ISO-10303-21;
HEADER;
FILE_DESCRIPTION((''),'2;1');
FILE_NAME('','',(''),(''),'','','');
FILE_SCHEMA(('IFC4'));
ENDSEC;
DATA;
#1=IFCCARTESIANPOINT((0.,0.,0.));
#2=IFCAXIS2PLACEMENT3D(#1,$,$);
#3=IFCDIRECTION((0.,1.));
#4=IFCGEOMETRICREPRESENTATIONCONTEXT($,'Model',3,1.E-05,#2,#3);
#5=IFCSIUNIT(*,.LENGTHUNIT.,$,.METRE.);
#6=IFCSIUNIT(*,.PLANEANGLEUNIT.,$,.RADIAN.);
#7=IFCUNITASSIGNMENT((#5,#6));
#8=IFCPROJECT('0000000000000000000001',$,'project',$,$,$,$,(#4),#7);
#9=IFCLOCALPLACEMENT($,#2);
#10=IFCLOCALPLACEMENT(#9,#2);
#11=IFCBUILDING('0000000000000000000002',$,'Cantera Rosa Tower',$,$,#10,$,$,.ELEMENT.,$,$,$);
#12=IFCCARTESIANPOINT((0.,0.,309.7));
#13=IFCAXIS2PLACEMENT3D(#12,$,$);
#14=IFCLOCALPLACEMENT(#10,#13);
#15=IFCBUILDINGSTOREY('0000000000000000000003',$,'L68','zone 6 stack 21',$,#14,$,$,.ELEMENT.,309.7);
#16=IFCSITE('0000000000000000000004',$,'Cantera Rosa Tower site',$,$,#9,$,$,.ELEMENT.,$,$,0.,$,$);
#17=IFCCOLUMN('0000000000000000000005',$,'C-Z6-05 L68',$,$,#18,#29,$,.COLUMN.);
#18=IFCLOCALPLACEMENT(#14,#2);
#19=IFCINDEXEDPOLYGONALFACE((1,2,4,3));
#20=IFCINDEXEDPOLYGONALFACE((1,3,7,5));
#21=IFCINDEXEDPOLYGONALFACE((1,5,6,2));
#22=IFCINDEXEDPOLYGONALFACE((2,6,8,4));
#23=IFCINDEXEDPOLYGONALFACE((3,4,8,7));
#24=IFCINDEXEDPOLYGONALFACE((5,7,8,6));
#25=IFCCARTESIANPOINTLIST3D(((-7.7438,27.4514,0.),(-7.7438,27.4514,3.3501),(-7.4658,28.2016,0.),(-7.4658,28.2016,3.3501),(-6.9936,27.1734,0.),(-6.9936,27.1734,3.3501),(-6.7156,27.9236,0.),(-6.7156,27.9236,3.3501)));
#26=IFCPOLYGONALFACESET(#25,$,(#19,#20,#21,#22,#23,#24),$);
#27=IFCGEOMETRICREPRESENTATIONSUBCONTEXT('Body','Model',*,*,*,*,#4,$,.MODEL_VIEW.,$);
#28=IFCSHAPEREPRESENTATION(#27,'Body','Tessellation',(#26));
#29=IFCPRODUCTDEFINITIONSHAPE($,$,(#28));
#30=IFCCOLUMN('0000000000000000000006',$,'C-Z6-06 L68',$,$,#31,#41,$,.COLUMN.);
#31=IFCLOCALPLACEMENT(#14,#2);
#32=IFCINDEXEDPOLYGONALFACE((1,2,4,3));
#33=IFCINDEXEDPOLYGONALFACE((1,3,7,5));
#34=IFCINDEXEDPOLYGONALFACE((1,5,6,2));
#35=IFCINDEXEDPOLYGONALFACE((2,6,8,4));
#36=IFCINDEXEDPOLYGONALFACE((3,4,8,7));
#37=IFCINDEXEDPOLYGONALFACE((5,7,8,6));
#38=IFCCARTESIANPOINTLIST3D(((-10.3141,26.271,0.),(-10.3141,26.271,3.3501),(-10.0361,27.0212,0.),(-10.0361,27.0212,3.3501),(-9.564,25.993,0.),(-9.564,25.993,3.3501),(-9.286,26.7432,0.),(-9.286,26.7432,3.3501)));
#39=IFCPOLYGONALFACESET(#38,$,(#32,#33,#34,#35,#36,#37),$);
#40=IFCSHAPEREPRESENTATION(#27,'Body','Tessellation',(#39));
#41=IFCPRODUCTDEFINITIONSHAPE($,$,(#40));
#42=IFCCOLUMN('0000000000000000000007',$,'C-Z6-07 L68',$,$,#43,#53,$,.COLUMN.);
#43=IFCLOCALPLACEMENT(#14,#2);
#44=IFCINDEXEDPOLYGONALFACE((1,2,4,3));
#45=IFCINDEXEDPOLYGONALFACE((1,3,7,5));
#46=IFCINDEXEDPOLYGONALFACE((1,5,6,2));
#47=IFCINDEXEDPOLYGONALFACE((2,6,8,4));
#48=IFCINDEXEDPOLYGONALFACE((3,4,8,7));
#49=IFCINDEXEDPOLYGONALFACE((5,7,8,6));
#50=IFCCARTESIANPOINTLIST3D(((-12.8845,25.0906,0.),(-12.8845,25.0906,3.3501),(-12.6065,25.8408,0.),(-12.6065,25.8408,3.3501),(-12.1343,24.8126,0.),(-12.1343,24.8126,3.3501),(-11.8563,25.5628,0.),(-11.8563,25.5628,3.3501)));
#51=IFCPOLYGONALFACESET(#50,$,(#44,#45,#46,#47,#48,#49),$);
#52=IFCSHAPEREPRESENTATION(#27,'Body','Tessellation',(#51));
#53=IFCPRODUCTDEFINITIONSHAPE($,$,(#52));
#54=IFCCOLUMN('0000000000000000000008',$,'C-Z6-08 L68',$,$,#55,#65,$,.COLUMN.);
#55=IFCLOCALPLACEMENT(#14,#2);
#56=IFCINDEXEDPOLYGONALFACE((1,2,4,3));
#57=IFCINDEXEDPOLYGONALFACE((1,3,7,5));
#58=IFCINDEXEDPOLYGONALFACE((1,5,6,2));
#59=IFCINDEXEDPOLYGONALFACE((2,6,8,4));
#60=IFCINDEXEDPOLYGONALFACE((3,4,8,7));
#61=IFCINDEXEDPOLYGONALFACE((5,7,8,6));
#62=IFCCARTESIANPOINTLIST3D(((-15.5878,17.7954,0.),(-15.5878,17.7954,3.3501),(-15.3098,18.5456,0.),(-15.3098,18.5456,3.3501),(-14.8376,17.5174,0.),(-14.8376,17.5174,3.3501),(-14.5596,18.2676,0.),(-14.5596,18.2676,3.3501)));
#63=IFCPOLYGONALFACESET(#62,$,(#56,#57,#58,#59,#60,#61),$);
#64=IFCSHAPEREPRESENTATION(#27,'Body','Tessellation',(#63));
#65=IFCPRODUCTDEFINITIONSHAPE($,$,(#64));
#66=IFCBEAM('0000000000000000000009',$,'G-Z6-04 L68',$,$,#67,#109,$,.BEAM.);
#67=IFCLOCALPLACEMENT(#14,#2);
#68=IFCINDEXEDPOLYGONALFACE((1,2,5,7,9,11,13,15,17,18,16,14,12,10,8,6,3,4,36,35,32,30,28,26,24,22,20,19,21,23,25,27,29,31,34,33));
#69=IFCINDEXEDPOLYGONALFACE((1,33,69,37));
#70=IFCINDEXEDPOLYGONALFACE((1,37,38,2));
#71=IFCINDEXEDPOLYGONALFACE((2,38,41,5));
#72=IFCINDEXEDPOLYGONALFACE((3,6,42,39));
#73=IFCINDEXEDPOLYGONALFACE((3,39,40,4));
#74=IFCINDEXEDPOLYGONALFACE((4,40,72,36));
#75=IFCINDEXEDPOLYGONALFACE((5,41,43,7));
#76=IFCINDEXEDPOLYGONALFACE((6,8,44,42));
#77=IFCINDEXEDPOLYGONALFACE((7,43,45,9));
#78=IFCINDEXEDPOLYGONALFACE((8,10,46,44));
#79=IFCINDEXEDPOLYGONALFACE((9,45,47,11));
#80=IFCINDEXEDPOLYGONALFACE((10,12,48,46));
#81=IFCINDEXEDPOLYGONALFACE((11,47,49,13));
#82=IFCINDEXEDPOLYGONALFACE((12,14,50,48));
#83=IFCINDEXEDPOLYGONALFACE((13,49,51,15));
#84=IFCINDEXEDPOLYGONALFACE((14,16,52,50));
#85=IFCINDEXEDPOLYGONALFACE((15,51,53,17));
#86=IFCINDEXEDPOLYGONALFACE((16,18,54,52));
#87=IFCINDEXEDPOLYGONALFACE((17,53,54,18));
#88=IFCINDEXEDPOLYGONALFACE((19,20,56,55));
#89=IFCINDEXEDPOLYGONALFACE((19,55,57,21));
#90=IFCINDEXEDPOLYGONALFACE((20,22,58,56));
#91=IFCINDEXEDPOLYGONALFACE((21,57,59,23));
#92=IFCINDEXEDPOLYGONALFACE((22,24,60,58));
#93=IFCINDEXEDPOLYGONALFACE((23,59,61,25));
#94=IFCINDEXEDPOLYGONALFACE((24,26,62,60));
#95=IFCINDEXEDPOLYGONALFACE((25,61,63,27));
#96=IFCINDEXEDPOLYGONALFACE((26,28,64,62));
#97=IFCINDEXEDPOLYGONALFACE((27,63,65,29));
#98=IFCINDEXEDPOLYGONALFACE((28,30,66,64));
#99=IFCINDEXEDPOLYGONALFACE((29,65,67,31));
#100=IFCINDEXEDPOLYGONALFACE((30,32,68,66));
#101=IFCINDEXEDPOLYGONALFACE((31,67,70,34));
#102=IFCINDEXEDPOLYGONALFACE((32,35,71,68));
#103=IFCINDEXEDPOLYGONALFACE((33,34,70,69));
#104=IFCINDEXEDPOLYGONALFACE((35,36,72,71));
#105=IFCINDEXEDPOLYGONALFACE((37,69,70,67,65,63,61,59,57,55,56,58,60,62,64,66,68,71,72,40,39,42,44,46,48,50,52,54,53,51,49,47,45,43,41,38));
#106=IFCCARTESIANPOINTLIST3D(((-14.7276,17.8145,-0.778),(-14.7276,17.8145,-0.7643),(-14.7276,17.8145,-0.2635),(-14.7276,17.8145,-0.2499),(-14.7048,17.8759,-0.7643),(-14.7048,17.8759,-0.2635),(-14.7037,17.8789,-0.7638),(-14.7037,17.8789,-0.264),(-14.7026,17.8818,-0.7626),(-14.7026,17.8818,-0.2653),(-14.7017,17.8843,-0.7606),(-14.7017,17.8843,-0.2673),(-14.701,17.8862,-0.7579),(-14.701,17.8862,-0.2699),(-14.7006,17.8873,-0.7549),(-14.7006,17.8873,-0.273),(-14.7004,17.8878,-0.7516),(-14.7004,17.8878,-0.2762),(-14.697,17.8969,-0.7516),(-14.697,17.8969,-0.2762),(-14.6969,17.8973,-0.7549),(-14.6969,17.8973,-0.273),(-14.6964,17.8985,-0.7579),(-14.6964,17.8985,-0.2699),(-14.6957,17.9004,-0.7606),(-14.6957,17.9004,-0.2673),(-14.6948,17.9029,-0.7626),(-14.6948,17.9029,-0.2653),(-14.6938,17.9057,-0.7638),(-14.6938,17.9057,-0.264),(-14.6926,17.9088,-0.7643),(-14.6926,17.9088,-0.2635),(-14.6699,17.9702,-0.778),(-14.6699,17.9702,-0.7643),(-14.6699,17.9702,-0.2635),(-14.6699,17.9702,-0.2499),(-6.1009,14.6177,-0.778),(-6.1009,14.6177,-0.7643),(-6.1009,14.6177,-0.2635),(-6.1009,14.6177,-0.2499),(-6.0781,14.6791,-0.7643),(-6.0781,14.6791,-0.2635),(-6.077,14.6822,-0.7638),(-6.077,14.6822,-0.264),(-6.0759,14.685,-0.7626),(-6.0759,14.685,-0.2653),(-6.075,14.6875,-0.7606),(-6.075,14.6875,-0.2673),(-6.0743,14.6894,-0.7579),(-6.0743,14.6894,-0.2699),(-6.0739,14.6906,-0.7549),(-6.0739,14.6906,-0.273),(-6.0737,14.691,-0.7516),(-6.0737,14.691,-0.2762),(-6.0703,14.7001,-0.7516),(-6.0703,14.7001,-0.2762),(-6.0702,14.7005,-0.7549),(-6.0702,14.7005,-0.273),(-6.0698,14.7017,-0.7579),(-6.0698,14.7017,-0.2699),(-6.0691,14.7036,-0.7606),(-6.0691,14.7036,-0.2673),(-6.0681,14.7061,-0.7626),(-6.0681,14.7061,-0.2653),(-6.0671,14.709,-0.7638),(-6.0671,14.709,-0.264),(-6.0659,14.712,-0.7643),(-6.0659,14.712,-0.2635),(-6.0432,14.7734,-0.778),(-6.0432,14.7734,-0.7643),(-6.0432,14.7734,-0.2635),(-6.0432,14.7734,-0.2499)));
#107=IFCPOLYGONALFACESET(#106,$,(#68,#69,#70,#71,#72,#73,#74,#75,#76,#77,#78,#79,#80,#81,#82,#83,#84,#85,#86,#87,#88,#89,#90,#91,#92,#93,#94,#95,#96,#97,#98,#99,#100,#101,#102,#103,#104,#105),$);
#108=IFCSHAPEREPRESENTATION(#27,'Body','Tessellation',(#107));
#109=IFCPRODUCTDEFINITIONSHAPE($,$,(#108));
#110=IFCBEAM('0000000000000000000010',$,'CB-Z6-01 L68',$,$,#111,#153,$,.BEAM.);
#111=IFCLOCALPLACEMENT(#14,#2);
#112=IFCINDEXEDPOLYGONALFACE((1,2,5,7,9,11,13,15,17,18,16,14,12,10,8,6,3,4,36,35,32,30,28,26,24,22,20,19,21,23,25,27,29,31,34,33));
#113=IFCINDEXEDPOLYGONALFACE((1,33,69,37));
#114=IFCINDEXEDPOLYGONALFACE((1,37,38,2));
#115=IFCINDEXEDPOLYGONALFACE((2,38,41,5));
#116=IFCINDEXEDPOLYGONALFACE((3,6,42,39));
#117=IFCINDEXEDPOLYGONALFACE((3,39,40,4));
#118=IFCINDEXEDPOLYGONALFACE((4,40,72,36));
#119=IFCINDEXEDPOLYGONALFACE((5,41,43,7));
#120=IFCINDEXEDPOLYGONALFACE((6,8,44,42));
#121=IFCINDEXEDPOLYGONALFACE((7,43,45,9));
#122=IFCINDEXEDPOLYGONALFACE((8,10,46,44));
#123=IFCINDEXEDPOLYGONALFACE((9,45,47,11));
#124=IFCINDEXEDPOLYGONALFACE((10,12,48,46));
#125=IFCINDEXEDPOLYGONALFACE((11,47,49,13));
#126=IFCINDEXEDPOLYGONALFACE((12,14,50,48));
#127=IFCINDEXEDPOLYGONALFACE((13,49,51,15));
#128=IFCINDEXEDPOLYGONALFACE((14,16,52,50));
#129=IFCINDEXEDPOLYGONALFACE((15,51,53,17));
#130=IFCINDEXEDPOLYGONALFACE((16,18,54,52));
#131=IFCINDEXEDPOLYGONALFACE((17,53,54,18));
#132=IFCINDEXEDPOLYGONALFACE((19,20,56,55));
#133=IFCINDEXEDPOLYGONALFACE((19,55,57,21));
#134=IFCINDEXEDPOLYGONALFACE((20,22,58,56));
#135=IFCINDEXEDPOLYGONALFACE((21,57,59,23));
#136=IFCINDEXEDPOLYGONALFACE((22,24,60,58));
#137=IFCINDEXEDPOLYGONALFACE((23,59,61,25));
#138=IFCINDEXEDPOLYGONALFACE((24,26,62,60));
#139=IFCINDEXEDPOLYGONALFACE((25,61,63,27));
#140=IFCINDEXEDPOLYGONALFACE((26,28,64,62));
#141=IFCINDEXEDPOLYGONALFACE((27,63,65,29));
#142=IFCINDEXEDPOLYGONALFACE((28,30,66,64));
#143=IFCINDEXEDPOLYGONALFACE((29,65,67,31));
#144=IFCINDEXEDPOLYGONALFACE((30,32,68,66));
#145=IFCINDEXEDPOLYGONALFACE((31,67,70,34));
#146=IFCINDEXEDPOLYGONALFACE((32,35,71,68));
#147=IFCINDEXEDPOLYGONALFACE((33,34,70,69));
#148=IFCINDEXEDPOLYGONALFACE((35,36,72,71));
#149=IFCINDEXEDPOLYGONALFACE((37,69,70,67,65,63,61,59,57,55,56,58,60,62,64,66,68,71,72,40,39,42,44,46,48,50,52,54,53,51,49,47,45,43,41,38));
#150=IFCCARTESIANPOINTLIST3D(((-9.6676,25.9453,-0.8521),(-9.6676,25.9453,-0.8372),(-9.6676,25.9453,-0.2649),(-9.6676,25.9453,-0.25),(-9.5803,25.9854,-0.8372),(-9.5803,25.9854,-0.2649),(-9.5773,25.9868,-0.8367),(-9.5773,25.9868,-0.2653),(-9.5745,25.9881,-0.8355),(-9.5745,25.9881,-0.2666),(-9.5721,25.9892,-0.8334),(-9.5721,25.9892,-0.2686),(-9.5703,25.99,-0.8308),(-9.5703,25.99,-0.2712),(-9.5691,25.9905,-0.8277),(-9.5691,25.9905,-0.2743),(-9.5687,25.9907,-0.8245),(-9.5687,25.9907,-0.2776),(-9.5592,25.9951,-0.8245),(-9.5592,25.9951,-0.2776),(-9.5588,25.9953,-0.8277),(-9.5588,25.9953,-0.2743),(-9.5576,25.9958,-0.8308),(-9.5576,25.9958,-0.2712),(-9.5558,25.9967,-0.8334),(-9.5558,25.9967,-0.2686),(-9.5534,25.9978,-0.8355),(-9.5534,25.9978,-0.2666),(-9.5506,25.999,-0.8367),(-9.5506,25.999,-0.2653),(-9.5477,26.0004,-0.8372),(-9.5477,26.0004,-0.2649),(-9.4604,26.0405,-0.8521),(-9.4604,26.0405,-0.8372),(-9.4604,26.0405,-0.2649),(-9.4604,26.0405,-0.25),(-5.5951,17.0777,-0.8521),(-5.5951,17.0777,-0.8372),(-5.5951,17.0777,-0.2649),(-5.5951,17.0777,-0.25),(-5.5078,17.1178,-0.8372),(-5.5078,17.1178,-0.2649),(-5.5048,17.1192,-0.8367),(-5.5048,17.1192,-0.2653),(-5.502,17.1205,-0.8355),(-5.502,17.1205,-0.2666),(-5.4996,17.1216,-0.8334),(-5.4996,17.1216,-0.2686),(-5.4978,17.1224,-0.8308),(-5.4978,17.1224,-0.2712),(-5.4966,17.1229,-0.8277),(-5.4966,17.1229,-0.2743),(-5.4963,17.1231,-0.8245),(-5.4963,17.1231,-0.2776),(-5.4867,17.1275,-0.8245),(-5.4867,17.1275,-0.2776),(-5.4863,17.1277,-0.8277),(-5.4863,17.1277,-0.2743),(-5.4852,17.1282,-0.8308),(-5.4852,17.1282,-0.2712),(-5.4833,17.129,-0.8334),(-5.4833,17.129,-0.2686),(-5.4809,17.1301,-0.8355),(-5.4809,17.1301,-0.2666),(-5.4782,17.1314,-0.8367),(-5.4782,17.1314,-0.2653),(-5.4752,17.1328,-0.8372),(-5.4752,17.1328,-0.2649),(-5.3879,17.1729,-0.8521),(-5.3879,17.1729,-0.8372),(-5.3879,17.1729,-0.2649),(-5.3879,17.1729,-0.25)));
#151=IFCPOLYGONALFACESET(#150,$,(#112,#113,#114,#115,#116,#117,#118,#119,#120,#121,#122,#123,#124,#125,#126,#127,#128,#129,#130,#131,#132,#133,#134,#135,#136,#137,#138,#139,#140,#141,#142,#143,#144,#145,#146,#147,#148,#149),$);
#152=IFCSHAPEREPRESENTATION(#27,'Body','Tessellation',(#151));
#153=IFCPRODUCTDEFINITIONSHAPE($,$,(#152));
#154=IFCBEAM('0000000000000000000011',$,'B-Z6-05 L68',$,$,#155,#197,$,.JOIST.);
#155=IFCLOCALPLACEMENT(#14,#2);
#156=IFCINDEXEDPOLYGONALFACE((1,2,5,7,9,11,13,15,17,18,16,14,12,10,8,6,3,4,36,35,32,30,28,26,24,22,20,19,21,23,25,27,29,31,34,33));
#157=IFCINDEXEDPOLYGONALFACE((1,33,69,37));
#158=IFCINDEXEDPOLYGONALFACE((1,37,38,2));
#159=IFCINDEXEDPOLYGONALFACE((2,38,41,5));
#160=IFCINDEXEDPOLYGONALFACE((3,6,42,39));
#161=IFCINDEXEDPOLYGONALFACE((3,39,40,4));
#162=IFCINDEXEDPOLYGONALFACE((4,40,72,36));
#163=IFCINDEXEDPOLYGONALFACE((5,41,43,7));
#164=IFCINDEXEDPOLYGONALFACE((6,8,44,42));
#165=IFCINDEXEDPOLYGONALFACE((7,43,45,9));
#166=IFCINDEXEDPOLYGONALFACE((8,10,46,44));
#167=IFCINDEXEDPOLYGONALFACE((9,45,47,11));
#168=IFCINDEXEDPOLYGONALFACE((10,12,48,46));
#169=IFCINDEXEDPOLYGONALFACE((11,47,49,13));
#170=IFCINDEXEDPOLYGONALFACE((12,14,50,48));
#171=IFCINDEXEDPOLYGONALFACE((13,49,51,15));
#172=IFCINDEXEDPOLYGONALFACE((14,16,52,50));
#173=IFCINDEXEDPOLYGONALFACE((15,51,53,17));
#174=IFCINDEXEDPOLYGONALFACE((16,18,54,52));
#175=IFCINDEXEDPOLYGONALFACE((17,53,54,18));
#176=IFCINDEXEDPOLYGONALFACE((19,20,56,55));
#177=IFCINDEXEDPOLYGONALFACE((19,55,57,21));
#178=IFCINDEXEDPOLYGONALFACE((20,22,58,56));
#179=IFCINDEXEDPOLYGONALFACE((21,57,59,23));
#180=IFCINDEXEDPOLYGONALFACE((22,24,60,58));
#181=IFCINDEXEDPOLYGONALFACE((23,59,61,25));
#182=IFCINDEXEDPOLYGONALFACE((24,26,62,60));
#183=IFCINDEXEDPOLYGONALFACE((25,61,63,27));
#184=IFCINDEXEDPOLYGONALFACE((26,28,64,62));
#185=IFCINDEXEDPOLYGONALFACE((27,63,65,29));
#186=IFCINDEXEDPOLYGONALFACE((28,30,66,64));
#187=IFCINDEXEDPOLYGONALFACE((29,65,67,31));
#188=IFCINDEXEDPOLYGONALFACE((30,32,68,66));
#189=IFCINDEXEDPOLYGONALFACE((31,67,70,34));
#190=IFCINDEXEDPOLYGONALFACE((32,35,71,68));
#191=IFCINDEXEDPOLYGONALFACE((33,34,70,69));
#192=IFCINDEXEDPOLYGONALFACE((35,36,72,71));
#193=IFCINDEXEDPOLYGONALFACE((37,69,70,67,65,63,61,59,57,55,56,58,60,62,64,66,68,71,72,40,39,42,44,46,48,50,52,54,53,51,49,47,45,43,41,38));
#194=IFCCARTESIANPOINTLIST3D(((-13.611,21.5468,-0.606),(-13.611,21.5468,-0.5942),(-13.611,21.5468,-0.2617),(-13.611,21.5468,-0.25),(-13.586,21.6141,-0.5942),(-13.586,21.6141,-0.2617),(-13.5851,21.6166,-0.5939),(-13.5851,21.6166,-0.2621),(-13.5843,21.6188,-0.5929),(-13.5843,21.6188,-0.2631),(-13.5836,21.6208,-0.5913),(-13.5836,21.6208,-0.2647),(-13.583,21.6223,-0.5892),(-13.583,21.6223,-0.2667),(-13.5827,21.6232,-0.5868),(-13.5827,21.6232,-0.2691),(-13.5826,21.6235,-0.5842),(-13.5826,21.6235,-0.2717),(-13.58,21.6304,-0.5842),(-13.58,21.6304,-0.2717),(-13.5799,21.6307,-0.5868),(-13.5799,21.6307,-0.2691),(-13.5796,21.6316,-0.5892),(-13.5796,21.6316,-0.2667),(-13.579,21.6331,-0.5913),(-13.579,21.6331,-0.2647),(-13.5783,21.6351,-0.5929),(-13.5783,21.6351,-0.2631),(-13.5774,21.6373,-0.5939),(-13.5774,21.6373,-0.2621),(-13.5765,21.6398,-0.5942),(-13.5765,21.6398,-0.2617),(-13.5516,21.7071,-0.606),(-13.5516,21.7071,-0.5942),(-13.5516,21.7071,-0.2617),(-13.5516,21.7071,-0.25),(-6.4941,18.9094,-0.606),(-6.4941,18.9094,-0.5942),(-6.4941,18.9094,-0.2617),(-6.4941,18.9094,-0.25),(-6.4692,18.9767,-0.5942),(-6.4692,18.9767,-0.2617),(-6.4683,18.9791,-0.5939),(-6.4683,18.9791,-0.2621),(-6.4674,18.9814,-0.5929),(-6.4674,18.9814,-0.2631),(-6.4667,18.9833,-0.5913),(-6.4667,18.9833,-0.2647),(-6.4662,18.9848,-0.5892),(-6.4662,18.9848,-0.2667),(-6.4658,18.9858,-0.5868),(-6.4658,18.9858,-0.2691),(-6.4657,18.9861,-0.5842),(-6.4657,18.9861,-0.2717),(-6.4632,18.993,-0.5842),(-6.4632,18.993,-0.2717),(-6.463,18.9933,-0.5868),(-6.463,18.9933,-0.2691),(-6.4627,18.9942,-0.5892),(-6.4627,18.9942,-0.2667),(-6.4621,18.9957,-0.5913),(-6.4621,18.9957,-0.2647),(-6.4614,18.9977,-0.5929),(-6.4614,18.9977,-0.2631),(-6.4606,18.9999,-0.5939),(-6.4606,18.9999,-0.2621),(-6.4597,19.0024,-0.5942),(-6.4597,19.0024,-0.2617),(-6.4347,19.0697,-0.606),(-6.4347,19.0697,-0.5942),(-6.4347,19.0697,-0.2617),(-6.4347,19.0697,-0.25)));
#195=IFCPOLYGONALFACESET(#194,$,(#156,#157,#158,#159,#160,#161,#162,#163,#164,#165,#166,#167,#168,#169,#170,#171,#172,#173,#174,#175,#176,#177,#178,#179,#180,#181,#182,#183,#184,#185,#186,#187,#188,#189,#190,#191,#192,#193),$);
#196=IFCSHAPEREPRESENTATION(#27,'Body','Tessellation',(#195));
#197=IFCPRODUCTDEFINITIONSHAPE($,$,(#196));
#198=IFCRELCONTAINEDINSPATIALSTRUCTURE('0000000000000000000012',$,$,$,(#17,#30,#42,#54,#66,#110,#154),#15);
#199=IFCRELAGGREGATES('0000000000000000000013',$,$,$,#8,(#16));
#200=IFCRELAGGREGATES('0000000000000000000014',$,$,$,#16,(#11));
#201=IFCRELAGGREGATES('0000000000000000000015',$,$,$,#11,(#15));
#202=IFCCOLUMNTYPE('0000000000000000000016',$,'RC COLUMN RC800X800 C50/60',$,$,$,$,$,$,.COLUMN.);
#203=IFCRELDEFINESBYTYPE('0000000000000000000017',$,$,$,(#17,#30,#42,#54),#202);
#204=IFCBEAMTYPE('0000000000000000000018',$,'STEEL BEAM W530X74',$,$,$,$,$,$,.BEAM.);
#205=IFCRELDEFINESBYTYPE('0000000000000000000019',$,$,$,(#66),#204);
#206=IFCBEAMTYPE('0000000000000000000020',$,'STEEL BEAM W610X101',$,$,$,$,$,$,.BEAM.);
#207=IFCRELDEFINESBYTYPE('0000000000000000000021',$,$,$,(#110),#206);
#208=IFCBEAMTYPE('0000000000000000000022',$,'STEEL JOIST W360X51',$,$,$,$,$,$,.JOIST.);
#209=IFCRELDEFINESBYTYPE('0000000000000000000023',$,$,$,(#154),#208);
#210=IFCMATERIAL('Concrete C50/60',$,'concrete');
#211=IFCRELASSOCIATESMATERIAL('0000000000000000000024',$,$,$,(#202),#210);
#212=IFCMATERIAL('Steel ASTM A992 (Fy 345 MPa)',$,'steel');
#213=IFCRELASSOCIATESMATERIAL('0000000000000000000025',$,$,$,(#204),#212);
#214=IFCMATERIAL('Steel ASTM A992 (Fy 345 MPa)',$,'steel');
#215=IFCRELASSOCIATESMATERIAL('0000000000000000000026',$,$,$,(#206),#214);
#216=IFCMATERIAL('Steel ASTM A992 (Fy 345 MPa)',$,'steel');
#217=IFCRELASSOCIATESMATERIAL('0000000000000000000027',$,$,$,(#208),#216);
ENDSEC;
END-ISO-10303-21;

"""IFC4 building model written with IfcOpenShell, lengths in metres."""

from ifc_helpers import new_model, si_unit, direction, frame, origin, origin_2d, place, context, subcontext, project, spatial, rectangle, i_section, extrude, material, material_profile, profile_set, type_object, element, save


model = new_model("IFC4")

# Units and contexts
model_context = context("Model", 3, precision=1e-05, world=origin(), true_north=direction((0.0, 1.0)))
body_context = subcontext(model_context, "Body", "Model", "MODEL_VIEW")
ifc_project = project(units=[si_unit("LENGTHUNIT", "METRE"), si_unit("PLANEANGLEUNIT", "RADIAN")], contexts=[model_context])

# Site, building, storey
site_placement = place(None, origin())
site = spatial("IfcSite", under=ifc_project, at=site_placement, Name="Cantera Rosa Tower site", CompositionType="ELEMENT", RefElevation=0.0)
building_placement = place(site_placement, origin())
building = spatial("IfcBuilding", under=site, at=building_placement, Name="Cantera Rosa Tower", CompositionType="ELEMENT")
storey_placement = place(building_placement, frame((0.0, 0.0, 309.7)))
storey = spatial("IfcBuildingStorey", under=building, at=storey_placement, Name="L68", Description="zone 6 stack 21", CompositionType="ELEMENT", Elevation=309.7)

# Columns
ifc_material_1 = material(Name="Concrete C50/60", Category="concrete")
ifc_material_profile_1 = material_profile(ifc_material_1, rectangle(XDim=0.8, YDim=0.8, at=origin_2d()), Name="RC COLUMN RC800X800 C50/60")
ifc_profile_set_1 = profile_set([ifc_material_profile_1], Name="Concrete C50/60")
column_type = type_object("IfcColumnType", Name="RC COLUMN RC800X800 C50/60", PredefinedType="COLUMN", material=ifc_profile_set_1)
for number, where, z_axis, x_axis, name in (
    (1, (-7.2297, 27.6875, 0.0), (0.0, 0.0, 1.0), (0.347481, 0.937687, 0.0), "C-Z6-05 L68"),
    (2, (-9.8, 26.5071, 0.0), (0.0, 0.0, 1.0), (0.347481, 0.937687, 0.0), "C-Z6-06 L68"),
    (3, (-12.3704, 25.3267, 0.0), (0.0, 0.0, 1.0), (0.347481, 0.937687, 0.0), "C-Z6-07 L68"),
    (4, (-15.0737, 18.0315, 0.0), (0.0, 0.0, 1.0), (0.347481, 0.937687, 0.0), "C-Z6-08 L68"),
):
    element("IfcColumn", number, at=place(storey_placement, frame(where, z_axis=z_axis, x_axis=x_axis)), inside=storey, type_object=column_type, Name=name, PredefinedType="COLUMN", context=body_context, shape_type="SweptSolid", body=[
        extrude(rectangle(XDim=0.8, YDim=0.8, at=origin_2d()), origin(), (0.0, 0.0, 1.0), 3.3501),
    ])

# Beams
ifc_material_2 = material(Name="Steel ASTM A992 (Fy 345 MPa)", Category="steel")
ifc_material_profile_2 = material_profile(ifc_material_2, i_section(OverallWidth=0.166, OverallDepth=0.5281, WebThickness=0.0098, FlangeThickness=0.0137, FilletRadius=0.0127, at=origin_2d()), Name="W530X74")
ifc_profile_set_2 = profile_set([ifc_material_profile_2], Name="Steel ASTM A992 (Fy 345 MPa)")
beam_type_1 = type_object("IfcBeamType", Name="STEEL BEAM W530X74", PredefinedType="BEAM", material=ifc_profile_set_2)
beam_1_placement = place(storey_placement, frame((-14.6987, 17.8923, -0.5139), z_axis=(0.937689, -0.347477, 0.0), x_axis=(0.347477, 0.937689, 0.0)))
element("IfcBeam", 5, at=beam_1_placement, inside=storey, type_object=beam_type_1, Name="G-Z6-04 L68", PredefinedType="BEAM", context=body_context, shape_type="SweptSolid", body=[
    extrude(i_section(OverallWidth=0.166, OverallDepth=0.5281, WebThickness=0.0098, FlangeThickness=0.0137, FilletRadius=0.0127, at=origin_2d()), origin(), (0.0, 0.0, 1.0), 9.2),
])
ifc_material_3 = material(Name="Steel ASTM A992 (Fy 345 MPa)", Category="steel")
ifc_material_profile_3 = material_profile(ifc_material_3, i_section(OverallWidth=0.228, OverallDepth=0.6021, WebThickness=0.0105, FlangeThickness=0.0149, FilletRadius=0.0127, at=origin_2d()), Name="W610X101")
ifc_profile_set_3 = profile_set([ifc_material_profile_3], Name="Steel ASTM A992 (Fy 345 MPa)")
beam_type_2 = type_object("IfcBeamType", Name="STEEL BEAM W610X101", PredefinedType="BEAM", material=ifc_profile_set_3)
beam_2_placement = place(storey_placement, frame((-9.564, 25.9929, -0.551), z_axis=(0.417346, -0.908748, 0.0), x_axis=(0.908748, 0.417346, 0.0)))
element("IfcBeam", 6, at=beam_2_placement, inside=storey, type_object=beam_type_2, Name="CB-Z6-01 L68", PredefinedType="BEAM", context=body_context, shape_type="SweptSolid", body=[
    extrude(i_section(OverallWidth=0.228, OverallDepth=0.6021, WebThickness=0.0105, FlangeThickness=0.0149, FilletRadius=0.0127, at=origin_2d()), origin(), (0.0, 0.0, 1.0), 9.7581),
])
ifc_material_4 = material(Name="Steel ASTM A992 (Fy 345 MPa)", Category="steel")
ifc_material_profile_4 = material_profile(ifc_material_4, i_section(OverallWidth=0.1709, OverallDepth=0.356, WebThickness=0.0073, FlangeThickness=0.0117, FilletRadius=0.01, at=origin_2d()), Name="W360X51")
ifc_profile_set_4 = profile_set([ifc_material_profile_4], Name="Steel ASTM A992 (Fy 345 MPa)")
beam_type_3 = type_object("IfcBeamType", Name="STEEL JOIST W360X51", PredefinedType="JOIST", material=ifc_profile_set_4)
beam_3_placement = place(storey_placement, frame((-13.5813, 21.627, -0.428), z_axis=(0.937682, -0.347493, 0.0), x_axis=(0.347493, 0.937682, 0.0)))
element("IfcBeam", 7, at=beam_3_placement, inside=storey, type_object=beam_type_3, Name="B-Z6-05 L68", PredefinedType="JOIST", context=body_context, shape_type="SweptSolid", body=[
    extrude(i_section(OverallWidth=0.1709, OverallDepth=0.356, WebThickness=0.0073, FlangeThickness=0.0117, FilletRadius=0.01, at=origin_2d()), origin(), (0.0, 0.0, 1.0), 7.5898),
])

save(model, "model.ifc")
